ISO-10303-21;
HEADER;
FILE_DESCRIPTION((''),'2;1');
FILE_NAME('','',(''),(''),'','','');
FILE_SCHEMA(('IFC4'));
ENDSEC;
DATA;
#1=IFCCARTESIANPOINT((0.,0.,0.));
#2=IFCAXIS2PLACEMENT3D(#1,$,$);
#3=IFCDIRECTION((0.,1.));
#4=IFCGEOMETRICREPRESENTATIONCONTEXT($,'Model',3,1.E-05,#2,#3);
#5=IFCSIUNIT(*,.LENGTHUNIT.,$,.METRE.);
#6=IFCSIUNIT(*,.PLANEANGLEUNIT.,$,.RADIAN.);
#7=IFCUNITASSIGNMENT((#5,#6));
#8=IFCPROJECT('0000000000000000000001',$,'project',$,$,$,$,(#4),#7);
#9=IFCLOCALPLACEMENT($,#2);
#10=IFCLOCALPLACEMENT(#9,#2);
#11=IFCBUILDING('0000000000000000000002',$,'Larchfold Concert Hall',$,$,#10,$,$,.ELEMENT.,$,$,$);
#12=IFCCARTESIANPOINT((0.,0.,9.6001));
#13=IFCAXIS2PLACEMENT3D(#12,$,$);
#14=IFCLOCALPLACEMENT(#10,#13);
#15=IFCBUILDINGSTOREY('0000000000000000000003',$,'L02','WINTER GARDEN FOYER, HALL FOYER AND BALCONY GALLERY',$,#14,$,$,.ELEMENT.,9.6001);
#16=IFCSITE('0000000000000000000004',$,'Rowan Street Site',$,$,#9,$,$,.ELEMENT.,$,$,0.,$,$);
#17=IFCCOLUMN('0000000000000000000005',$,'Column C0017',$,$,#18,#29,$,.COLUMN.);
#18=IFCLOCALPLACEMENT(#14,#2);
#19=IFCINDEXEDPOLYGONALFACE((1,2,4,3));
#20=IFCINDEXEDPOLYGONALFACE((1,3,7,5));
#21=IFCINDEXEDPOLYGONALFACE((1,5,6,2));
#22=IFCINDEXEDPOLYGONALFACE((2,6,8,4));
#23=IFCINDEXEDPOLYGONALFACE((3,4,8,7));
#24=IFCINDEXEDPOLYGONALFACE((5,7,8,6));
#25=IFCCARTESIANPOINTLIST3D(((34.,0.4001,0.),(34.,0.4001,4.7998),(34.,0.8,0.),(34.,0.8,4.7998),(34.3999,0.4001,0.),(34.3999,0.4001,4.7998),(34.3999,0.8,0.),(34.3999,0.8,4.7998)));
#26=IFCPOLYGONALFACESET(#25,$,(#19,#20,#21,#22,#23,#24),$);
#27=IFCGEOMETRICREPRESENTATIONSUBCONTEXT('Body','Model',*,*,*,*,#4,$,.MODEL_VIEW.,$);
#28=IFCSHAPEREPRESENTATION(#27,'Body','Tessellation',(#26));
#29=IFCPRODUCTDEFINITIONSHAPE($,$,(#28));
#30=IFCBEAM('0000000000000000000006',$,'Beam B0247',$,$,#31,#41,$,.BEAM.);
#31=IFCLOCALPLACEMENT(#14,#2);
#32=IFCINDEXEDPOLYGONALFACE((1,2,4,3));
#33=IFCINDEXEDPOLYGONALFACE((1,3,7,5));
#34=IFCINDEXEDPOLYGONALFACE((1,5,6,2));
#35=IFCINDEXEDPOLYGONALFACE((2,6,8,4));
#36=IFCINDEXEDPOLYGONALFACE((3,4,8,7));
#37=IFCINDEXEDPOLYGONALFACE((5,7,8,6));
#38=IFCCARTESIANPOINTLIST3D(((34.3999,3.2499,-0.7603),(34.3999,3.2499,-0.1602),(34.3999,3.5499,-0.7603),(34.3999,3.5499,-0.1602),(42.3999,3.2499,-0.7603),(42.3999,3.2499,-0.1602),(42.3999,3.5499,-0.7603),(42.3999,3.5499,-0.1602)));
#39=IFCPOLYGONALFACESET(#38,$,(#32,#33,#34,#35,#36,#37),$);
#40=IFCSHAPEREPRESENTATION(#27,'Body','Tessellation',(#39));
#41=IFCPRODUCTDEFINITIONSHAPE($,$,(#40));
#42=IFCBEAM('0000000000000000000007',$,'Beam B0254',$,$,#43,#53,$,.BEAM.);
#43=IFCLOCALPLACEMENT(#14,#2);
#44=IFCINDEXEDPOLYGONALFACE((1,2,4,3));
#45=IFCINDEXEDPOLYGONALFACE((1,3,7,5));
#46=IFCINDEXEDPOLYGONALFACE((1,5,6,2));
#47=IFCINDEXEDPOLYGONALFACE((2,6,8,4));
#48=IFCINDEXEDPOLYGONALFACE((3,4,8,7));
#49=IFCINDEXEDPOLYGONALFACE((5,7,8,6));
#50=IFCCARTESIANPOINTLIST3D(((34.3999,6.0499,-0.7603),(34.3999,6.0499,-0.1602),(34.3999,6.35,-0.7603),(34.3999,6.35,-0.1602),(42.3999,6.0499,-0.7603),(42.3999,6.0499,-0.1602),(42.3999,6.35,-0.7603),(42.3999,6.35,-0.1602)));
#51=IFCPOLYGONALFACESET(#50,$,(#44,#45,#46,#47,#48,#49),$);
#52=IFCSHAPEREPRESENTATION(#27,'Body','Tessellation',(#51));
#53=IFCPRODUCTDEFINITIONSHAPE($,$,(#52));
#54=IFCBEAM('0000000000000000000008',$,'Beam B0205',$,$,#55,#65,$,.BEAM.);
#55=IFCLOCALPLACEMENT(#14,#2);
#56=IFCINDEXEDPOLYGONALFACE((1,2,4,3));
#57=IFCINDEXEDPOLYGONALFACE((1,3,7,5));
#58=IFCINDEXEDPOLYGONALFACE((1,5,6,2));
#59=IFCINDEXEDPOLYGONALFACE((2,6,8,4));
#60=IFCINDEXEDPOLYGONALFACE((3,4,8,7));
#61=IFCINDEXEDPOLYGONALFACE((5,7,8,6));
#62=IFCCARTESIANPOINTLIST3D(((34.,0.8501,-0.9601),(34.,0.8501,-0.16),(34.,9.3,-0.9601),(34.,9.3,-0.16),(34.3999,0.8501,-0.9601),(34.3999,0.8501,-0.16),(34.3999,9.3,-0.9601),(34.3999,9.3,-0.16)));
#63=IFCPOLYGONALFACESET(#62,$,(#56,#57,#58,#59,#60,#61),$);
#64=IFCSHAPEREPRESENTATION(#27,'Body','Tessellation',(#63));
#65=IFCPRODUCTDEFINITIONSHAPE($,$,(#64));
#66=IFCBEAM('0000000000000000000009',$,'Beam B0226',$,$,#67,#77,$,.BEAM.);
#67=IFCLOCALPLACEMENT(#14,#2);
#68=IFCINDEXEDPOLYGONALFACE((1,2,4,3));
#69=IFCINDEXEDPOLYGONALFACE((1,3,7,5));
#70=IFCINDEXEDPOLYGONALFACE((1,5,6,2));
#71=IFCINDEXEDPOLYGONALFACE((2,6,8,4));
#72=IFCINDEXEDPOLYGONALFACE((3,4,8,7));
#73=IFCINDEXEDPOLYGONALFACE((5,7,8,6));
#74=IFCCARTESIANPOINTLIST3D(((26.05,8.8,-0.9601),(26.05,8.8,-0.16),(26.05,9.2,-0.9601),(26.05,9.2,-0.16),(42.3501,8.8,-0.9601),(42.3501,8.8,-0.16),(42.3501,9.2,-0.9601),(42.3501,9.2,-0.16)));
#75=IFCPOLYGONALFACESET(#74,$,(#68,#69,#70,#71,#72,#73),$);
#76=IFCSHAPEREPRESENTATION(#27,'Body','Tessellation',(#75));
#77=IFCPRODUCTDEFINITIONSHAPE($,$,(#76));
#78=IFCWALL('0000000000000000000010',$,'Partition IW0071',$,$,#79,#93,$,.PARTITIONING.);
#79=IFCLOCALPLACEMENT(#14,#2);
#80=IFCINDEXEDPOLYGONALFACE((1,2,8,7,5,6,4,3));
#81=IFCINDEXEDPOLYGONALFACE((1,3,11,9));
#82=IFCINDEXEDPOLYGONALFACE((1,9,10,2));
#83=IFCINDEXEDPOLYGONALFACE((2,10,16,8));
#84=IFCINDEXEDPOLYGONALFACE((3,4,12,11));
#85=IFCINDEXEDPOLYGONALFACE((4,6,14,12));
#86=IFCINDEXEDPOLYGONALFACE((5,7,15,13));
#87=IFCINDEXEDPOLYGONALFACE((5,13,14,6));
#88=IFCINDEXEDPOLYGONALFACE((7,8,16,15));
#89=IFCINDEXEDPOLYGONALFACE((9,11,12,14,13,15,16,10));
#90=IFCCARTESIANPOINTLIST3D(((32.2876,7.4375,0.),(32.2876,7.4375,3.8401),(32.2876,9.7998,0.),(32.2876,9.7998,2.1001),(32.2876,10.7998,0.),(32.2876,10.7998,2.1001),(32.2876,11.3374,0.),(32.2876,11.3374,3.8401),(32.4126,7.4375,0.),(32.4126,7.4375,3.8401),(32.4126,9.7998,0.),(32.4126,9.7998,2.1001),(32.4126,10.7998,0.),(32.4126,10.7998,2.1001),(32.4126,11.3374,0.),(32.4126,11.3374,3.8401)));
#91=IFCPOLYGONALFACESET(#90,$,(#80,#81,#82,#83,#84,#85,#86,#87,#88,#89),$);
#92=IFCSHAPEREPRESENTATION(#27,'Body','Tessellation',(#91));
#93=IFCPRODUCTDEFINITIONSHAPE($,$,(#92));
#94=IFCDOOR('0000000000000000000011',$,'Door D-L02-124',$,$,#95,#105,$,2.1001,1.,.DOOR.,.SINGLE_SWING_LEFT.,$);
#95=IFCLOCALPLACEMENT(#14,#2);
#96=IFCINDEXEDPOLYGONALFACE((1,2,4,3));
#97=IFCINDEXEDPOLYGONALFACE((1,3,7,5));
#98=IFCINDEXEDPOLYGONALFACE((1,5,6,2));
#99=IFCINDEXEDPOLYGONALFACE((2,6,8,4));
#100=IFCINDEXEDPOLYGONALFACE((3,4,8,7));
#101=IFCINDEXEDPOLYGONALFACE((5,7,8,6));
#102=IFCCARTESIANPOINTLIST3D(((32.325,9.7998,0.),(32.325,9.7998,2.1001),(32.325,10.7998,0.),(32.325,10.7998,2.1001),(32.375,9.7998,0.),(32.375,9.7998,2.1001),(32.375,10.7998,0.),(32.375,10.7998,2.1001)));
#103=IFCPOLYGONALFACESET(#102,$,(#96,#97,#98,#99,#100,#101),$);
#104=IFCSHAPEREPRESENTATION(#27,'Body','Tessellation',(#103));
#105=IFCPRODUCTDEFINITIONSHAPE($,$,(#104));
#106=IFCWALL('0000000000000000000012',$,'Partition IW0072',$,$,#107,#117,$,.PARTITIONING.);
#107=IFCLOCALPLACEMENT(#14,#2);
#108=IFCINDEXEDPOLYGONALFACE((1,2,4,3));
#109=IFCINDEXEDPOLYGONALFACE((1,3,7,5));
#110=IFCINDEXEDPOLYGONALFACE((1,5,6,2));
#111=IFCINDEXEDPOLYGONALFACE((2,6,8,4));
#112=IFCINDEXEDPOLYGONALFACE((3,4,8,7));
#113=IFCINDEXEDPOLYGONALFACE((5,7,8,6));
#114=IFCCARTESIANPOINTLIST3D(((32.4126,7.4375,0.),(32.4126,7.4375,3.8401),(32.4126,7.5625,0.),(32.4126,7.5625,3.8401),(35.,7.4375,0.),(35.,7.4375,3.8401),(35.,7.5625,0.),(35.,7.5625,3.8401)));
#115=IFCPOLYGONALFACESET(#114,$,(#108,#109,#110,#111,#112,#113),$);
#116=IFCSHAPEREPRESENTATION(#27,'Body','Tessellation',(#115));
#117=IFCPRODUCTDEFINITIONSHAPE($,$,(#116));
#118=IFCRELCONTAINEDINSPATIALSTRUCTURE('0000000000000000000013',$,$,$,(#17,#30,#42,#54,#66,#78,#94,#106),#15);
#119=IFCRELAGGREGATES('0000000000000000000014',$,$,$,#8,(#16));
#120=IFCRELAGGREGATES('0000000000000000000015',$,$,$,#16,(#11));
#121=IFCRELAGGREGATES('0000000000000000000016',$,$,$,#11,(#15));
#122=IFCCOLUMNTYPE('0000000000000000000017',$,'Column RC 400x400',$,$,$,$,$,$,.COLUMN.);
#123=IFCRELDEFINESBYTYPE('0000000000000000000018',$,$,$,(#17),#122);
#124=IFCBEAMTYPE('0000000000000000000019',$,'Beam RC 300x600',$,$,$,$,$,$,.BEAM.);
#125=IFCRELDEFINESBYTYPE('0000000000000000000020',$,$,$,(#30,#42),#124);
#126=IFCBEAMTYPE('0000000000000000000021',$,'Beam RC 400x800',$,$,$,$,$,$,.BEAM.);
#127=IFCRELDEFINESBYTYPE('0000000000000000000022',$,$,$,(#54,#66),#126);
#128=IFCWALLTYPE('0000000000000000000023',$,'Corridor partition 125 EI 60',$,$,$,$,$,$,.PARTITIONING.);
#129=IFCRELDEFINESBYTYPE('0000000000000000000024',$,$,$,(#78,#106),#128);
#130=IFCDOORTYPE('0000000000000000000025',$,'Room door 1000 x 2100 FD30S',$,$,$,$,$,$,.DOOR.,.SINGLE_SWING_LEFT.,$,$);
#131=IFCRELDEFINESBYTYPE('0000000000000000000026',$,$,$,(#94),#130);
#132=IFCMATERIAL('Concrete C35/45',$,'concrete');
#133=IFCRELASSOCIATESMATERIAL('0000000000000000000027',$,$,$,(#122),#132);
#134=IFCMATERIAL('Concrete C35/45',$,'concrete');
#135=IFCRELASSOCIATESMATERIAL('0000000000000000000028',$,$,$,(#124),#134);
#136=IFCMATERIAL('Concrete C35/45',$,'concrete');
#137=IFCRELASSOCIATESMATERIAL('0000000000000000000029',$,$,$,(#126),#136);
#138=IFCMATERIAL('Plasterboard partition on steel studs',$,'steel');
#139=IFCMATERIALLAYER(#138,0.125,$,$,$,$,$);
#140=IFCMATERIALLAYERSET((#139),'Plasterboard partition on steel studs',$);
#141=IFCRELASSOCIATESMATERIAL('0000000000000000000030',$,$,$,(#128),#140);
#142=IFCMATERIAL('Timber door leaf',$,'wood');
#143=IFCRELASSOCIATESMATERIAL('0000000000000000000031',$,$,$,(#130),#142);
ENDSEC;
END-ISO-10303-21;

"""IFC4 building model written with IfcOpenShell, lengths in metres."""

from ifc_helpers import new_model, si_unit, direction, frame, frame_2d, origin, origin_2d, place, context, subcontext, project, spatial, rectangle, extrude, material, layer, layer_set, material_profile, profile_set, type_object, element, fill, save


model = new_model("IFC4")

# Units and contexts
model_context = context("Model", 3, precision=1e-05, world=origin(), true_north=direction((0.0, 1.0)))
body_context = subcontext(model_context, "Body", "Model", "MODEL_VIEW")
ifc_project = project(units=[si_unit("LENGTHUNIT", "METRE"), si_unit("PLANEANGLEUNIT", "RADIAN")], contexts=[model_context])

# Site, building, storey
site_placement = place(None, origin())
site = spatial("IfcSite", under=ifc_project, at=site_placement, Name="Rowan Street Site", CompositionType="ELEMENT", RefElevation=0.0)
building_placement = place(site_placement, origin())
building = spatial("IfcBuilding", under=site, at=building_placement, Name="Larchfold Concert Hall", CompositionType="ELEMENT")
storey_placement = place(building_placement, frame((0.0, 0.0, 9.6001)))
storey = spatial("IfcBuildingStorey", under=building, at=storey_placement, Name="L02", Description="WINTER GARDEN FOYER, HALL FOYER AND BALCONY GALLERY", CompositionType="ELEMENT", Elevation=9.6001)

# Column
ifc_material_1 = material(Name="Concrete C35/45", Category="concrete")
ifc_material_profile_1 = material_profile(ifc_material_1, rectangle(XDim=0.3999, YDim=0.3999, at=origin_2d()))
ifc_profile_set_1 = profile_set([ifc_material_profile_1], Name="Concrete C35/45")
column_type = type_object("IfcColumnType", Name="Column RC 400x400", PredefinedType="COLUMN", material=ifc_profile_set_1)
column_placement = place(storey_placement, frame((34.2, 0.6001, 0.0), z_axis=(0.0, 0.0, 1.0), x_axis=(1.0, 0.0, 0.0)))
element("IfcColumn", 1, at=column_placement, inside=storey, type_object=column_type, Name="Column C0017", PredefinedType="COLUMN", context=body_context, shape_type="SweptSolid", body=[
    extrude(rectangle(XDim=0.3999, YDim=0.3999, at=origin_2d()), origin(), (0.0, 0.0, 1.0), 4.7998),
])

# Beams
ifc_material_2 = material(Name="Concrete C35/45", Category="concrete")
ifc_material_profile_2 = material_profile(ifc_material_2, rectangle(XDim=0.3, YDim=0.6001, at=origin_2d()))
ifc_profile_set_2 = profile_set([ifc_material_profile_2], Name="Concrete C35/45")
beam_type_1 = type_object("IfcBeamType", Name="Beam RC 300x600", PredefinedType="BEAM", material=ifc_profile_set_2)
for number, where, z_axis, x_axis, name in (
    (2, (34.3999, 3.3999, -0.4602), (1.0, 0.0, 0.0), (0.0, 1.0, 0.0), "Beam B0247"),
    (3, (34.3999, 6.2, -0.4602), (1.0, 0.0, 0.0), (0.0, 1.0, 0.0), "Beam B0254"),
):
    element("IfcBeam", number, at=place(storey_placement, frame(where, z_axis=z_axis, x_axis=x_axis)), inside=storey, type_object=beam_type_1, Name=name, PredefinedType="BEAM", context=body_context, shape_type="SweptSolid", body=[
        extrude(rectangle(XDim=0.3, YDim=0.6001, at=origin_2d()), origin(), (0.0, 0.0, 1.0), 8.0),
    ])
ifc_material_3 = material(Name="Concrete C35/45", Category="concrete")
ifc_material_profile_3 = material_profile(ifc_material_3, rectangle(XDim=0.3999, YDim=0.8, at=origin_2d()))
ifc_profile_set_3 = profile_set([ifc_material_profile_3], Name="Concrete C35/45")
beam_type_2 = type_object("IfcBeamType", Name="Beam RC 400x800", PredefinedType="BEAM", material=ifc_profile_set_3)
beam_1_placement = place(storey_placement, frame((34.2, 0.8501, -0.5601), z_axis=(0.0, 1.0, 0.0), x_axis=(-1.0, 0.0, 0.0)))
element("IfcBeam", 4, at=beam_1_placement, inside=storey, type_object=beam_type_2, Name="Beam B0205", PredefinedType="BEAM", context=body_context, shape_type="SweptSolid", body=[
    extrude(rectangle(XDim=0.3999, YDim=0.8, at=origin_2d()), origin(), (0.0, 0.0, 1.0), 8.45),
])
beam_2_placement = place(storey_placement, frame((26.05, 9.0, -0.5601), z_axis=(1.0, 0.0, 0.0), x_axis=(0.0, 1.0, 0.0)))
element("IfcBeam", 5, at=beam_2_placement, inside=storey, type_object=beam_type_2, Name="Beam B0226", PredefinedType="BEAM", context=body_context, shape_type="SweptSolid", body=[
    extrude(rectangle(XDim=0.3999, YDim=0.8, at=origin_2d()), origin(), (0.0, 0.0, 1.0), 16.3),
])

# Wall, opening, door
ifc_material_4 = material(Name="Plasterboard partition on steel studs", Category="steel")
ifc_layer_1 = layer(ifc_material_4, 0.125)
ifc_layer_set_1 = layer_set([ifc_layer_1], Name="Plasterboard partition on steel studs")
wall_type_1 = type_object("IfcWallType", Name="Corridor partition 125 EI 60", PredefinedType="PARTITIONING", material=ifc_layer_set_1)
wall_1_placement = place(storey_placement, frame((32.3501, 11.3374, 0.0), z_axis=(0.0, 0.0, 1.0), x_axis=(0.0, -1.0, 0.0)))
wall_1 = element("IfcWall", 6, at=wall_1_placement, inside=storey, type_object=wall_type_1, Name="Partition IW0071", PredefinedType="PARTITIONING", context=body_context, shape_type="SweptSolid", body=[
    extrude(rectangle(XDim=3.8999, YDim=0.125, at=frame_2d((1.95, 0.0))), origin(), (0.0, 0.0, 1.0), 3.8401),
])
opening_1_placement = place(wall_1_placement, frame((0.5376, 0.0, 0.0)))
opening_1 = element("IfcOpeningElement", 7, at=opening_1_placement, cuts=wall_1, PredefinedType="OPENING", context=body_context, shape_type="SweptSolid", body=[
    extrude(rectangle(XDim=1.0, YDim=2.1001, at=frame_2d((0.5, 1.05))), frame((0.0, 0.0725, 0.0), z_axis=(0.0, -1.0, 0.0), x_axis=(1.0, 0.0, 0.0)), (0.0, 0.0, 1.0), 0.145),
])
ifc_material_5 = material(Name="Timber door leaf", Category="wood")
door_type = type_object("IfcDoorType", Name="Room door 1000 x 2100 FD30S", OperationType="SINGLE_SWING_LEFT", PredefinedType="DOOR", material=ifc_material_5)
door_placement = place(opening_1_placement, origin())
door = element("IfcDoor", 8, at=door_placement, inside=storey, type_object=door_type, Name="Door D-L02-124", OperationType="SINGLE_SWING_LEFT", OverallHeight=2.1001, OverallWidth=1.0, PredefinedType="DOOR", context=body_context, shape_type="SweptSolid", body=[
    extrude(rectangle(XDim=1.0, YDim=2.1001, at=frame_2d((0.5, 1.05))), frame((0.0, 0.0249, 0.0), z_axis=(0.0, -1.0, 0.0), x_axis=(1.0, 0.0, 0.0)), (0.0, 0.0, 1.0), 0.05),
])
fill(opening_1, door)

# Wall
wall_2_placement = place(storey_placement, frame((32.4126, 7.5, 0.0), z_axis=(0.0, 0.0, 1.0), x_axis=(1.0, 0.0, 0.0)))
element("IfcWall", 9, at=wall_2_placement, inside=storey, type_object=wall_type_1, Name="Partition IW0072", PredefinedType="PARTITIONING", context=body_context, shape_type="SweptSolid", body=[
    extrude(rectangle(XDim=2.5874, YDim=0.125, at=frame_2d((1.2937, 0.0))), origin(), (0.0, 0.0, 1.0), 3.8401),
])

save(model, "model.ifc")
